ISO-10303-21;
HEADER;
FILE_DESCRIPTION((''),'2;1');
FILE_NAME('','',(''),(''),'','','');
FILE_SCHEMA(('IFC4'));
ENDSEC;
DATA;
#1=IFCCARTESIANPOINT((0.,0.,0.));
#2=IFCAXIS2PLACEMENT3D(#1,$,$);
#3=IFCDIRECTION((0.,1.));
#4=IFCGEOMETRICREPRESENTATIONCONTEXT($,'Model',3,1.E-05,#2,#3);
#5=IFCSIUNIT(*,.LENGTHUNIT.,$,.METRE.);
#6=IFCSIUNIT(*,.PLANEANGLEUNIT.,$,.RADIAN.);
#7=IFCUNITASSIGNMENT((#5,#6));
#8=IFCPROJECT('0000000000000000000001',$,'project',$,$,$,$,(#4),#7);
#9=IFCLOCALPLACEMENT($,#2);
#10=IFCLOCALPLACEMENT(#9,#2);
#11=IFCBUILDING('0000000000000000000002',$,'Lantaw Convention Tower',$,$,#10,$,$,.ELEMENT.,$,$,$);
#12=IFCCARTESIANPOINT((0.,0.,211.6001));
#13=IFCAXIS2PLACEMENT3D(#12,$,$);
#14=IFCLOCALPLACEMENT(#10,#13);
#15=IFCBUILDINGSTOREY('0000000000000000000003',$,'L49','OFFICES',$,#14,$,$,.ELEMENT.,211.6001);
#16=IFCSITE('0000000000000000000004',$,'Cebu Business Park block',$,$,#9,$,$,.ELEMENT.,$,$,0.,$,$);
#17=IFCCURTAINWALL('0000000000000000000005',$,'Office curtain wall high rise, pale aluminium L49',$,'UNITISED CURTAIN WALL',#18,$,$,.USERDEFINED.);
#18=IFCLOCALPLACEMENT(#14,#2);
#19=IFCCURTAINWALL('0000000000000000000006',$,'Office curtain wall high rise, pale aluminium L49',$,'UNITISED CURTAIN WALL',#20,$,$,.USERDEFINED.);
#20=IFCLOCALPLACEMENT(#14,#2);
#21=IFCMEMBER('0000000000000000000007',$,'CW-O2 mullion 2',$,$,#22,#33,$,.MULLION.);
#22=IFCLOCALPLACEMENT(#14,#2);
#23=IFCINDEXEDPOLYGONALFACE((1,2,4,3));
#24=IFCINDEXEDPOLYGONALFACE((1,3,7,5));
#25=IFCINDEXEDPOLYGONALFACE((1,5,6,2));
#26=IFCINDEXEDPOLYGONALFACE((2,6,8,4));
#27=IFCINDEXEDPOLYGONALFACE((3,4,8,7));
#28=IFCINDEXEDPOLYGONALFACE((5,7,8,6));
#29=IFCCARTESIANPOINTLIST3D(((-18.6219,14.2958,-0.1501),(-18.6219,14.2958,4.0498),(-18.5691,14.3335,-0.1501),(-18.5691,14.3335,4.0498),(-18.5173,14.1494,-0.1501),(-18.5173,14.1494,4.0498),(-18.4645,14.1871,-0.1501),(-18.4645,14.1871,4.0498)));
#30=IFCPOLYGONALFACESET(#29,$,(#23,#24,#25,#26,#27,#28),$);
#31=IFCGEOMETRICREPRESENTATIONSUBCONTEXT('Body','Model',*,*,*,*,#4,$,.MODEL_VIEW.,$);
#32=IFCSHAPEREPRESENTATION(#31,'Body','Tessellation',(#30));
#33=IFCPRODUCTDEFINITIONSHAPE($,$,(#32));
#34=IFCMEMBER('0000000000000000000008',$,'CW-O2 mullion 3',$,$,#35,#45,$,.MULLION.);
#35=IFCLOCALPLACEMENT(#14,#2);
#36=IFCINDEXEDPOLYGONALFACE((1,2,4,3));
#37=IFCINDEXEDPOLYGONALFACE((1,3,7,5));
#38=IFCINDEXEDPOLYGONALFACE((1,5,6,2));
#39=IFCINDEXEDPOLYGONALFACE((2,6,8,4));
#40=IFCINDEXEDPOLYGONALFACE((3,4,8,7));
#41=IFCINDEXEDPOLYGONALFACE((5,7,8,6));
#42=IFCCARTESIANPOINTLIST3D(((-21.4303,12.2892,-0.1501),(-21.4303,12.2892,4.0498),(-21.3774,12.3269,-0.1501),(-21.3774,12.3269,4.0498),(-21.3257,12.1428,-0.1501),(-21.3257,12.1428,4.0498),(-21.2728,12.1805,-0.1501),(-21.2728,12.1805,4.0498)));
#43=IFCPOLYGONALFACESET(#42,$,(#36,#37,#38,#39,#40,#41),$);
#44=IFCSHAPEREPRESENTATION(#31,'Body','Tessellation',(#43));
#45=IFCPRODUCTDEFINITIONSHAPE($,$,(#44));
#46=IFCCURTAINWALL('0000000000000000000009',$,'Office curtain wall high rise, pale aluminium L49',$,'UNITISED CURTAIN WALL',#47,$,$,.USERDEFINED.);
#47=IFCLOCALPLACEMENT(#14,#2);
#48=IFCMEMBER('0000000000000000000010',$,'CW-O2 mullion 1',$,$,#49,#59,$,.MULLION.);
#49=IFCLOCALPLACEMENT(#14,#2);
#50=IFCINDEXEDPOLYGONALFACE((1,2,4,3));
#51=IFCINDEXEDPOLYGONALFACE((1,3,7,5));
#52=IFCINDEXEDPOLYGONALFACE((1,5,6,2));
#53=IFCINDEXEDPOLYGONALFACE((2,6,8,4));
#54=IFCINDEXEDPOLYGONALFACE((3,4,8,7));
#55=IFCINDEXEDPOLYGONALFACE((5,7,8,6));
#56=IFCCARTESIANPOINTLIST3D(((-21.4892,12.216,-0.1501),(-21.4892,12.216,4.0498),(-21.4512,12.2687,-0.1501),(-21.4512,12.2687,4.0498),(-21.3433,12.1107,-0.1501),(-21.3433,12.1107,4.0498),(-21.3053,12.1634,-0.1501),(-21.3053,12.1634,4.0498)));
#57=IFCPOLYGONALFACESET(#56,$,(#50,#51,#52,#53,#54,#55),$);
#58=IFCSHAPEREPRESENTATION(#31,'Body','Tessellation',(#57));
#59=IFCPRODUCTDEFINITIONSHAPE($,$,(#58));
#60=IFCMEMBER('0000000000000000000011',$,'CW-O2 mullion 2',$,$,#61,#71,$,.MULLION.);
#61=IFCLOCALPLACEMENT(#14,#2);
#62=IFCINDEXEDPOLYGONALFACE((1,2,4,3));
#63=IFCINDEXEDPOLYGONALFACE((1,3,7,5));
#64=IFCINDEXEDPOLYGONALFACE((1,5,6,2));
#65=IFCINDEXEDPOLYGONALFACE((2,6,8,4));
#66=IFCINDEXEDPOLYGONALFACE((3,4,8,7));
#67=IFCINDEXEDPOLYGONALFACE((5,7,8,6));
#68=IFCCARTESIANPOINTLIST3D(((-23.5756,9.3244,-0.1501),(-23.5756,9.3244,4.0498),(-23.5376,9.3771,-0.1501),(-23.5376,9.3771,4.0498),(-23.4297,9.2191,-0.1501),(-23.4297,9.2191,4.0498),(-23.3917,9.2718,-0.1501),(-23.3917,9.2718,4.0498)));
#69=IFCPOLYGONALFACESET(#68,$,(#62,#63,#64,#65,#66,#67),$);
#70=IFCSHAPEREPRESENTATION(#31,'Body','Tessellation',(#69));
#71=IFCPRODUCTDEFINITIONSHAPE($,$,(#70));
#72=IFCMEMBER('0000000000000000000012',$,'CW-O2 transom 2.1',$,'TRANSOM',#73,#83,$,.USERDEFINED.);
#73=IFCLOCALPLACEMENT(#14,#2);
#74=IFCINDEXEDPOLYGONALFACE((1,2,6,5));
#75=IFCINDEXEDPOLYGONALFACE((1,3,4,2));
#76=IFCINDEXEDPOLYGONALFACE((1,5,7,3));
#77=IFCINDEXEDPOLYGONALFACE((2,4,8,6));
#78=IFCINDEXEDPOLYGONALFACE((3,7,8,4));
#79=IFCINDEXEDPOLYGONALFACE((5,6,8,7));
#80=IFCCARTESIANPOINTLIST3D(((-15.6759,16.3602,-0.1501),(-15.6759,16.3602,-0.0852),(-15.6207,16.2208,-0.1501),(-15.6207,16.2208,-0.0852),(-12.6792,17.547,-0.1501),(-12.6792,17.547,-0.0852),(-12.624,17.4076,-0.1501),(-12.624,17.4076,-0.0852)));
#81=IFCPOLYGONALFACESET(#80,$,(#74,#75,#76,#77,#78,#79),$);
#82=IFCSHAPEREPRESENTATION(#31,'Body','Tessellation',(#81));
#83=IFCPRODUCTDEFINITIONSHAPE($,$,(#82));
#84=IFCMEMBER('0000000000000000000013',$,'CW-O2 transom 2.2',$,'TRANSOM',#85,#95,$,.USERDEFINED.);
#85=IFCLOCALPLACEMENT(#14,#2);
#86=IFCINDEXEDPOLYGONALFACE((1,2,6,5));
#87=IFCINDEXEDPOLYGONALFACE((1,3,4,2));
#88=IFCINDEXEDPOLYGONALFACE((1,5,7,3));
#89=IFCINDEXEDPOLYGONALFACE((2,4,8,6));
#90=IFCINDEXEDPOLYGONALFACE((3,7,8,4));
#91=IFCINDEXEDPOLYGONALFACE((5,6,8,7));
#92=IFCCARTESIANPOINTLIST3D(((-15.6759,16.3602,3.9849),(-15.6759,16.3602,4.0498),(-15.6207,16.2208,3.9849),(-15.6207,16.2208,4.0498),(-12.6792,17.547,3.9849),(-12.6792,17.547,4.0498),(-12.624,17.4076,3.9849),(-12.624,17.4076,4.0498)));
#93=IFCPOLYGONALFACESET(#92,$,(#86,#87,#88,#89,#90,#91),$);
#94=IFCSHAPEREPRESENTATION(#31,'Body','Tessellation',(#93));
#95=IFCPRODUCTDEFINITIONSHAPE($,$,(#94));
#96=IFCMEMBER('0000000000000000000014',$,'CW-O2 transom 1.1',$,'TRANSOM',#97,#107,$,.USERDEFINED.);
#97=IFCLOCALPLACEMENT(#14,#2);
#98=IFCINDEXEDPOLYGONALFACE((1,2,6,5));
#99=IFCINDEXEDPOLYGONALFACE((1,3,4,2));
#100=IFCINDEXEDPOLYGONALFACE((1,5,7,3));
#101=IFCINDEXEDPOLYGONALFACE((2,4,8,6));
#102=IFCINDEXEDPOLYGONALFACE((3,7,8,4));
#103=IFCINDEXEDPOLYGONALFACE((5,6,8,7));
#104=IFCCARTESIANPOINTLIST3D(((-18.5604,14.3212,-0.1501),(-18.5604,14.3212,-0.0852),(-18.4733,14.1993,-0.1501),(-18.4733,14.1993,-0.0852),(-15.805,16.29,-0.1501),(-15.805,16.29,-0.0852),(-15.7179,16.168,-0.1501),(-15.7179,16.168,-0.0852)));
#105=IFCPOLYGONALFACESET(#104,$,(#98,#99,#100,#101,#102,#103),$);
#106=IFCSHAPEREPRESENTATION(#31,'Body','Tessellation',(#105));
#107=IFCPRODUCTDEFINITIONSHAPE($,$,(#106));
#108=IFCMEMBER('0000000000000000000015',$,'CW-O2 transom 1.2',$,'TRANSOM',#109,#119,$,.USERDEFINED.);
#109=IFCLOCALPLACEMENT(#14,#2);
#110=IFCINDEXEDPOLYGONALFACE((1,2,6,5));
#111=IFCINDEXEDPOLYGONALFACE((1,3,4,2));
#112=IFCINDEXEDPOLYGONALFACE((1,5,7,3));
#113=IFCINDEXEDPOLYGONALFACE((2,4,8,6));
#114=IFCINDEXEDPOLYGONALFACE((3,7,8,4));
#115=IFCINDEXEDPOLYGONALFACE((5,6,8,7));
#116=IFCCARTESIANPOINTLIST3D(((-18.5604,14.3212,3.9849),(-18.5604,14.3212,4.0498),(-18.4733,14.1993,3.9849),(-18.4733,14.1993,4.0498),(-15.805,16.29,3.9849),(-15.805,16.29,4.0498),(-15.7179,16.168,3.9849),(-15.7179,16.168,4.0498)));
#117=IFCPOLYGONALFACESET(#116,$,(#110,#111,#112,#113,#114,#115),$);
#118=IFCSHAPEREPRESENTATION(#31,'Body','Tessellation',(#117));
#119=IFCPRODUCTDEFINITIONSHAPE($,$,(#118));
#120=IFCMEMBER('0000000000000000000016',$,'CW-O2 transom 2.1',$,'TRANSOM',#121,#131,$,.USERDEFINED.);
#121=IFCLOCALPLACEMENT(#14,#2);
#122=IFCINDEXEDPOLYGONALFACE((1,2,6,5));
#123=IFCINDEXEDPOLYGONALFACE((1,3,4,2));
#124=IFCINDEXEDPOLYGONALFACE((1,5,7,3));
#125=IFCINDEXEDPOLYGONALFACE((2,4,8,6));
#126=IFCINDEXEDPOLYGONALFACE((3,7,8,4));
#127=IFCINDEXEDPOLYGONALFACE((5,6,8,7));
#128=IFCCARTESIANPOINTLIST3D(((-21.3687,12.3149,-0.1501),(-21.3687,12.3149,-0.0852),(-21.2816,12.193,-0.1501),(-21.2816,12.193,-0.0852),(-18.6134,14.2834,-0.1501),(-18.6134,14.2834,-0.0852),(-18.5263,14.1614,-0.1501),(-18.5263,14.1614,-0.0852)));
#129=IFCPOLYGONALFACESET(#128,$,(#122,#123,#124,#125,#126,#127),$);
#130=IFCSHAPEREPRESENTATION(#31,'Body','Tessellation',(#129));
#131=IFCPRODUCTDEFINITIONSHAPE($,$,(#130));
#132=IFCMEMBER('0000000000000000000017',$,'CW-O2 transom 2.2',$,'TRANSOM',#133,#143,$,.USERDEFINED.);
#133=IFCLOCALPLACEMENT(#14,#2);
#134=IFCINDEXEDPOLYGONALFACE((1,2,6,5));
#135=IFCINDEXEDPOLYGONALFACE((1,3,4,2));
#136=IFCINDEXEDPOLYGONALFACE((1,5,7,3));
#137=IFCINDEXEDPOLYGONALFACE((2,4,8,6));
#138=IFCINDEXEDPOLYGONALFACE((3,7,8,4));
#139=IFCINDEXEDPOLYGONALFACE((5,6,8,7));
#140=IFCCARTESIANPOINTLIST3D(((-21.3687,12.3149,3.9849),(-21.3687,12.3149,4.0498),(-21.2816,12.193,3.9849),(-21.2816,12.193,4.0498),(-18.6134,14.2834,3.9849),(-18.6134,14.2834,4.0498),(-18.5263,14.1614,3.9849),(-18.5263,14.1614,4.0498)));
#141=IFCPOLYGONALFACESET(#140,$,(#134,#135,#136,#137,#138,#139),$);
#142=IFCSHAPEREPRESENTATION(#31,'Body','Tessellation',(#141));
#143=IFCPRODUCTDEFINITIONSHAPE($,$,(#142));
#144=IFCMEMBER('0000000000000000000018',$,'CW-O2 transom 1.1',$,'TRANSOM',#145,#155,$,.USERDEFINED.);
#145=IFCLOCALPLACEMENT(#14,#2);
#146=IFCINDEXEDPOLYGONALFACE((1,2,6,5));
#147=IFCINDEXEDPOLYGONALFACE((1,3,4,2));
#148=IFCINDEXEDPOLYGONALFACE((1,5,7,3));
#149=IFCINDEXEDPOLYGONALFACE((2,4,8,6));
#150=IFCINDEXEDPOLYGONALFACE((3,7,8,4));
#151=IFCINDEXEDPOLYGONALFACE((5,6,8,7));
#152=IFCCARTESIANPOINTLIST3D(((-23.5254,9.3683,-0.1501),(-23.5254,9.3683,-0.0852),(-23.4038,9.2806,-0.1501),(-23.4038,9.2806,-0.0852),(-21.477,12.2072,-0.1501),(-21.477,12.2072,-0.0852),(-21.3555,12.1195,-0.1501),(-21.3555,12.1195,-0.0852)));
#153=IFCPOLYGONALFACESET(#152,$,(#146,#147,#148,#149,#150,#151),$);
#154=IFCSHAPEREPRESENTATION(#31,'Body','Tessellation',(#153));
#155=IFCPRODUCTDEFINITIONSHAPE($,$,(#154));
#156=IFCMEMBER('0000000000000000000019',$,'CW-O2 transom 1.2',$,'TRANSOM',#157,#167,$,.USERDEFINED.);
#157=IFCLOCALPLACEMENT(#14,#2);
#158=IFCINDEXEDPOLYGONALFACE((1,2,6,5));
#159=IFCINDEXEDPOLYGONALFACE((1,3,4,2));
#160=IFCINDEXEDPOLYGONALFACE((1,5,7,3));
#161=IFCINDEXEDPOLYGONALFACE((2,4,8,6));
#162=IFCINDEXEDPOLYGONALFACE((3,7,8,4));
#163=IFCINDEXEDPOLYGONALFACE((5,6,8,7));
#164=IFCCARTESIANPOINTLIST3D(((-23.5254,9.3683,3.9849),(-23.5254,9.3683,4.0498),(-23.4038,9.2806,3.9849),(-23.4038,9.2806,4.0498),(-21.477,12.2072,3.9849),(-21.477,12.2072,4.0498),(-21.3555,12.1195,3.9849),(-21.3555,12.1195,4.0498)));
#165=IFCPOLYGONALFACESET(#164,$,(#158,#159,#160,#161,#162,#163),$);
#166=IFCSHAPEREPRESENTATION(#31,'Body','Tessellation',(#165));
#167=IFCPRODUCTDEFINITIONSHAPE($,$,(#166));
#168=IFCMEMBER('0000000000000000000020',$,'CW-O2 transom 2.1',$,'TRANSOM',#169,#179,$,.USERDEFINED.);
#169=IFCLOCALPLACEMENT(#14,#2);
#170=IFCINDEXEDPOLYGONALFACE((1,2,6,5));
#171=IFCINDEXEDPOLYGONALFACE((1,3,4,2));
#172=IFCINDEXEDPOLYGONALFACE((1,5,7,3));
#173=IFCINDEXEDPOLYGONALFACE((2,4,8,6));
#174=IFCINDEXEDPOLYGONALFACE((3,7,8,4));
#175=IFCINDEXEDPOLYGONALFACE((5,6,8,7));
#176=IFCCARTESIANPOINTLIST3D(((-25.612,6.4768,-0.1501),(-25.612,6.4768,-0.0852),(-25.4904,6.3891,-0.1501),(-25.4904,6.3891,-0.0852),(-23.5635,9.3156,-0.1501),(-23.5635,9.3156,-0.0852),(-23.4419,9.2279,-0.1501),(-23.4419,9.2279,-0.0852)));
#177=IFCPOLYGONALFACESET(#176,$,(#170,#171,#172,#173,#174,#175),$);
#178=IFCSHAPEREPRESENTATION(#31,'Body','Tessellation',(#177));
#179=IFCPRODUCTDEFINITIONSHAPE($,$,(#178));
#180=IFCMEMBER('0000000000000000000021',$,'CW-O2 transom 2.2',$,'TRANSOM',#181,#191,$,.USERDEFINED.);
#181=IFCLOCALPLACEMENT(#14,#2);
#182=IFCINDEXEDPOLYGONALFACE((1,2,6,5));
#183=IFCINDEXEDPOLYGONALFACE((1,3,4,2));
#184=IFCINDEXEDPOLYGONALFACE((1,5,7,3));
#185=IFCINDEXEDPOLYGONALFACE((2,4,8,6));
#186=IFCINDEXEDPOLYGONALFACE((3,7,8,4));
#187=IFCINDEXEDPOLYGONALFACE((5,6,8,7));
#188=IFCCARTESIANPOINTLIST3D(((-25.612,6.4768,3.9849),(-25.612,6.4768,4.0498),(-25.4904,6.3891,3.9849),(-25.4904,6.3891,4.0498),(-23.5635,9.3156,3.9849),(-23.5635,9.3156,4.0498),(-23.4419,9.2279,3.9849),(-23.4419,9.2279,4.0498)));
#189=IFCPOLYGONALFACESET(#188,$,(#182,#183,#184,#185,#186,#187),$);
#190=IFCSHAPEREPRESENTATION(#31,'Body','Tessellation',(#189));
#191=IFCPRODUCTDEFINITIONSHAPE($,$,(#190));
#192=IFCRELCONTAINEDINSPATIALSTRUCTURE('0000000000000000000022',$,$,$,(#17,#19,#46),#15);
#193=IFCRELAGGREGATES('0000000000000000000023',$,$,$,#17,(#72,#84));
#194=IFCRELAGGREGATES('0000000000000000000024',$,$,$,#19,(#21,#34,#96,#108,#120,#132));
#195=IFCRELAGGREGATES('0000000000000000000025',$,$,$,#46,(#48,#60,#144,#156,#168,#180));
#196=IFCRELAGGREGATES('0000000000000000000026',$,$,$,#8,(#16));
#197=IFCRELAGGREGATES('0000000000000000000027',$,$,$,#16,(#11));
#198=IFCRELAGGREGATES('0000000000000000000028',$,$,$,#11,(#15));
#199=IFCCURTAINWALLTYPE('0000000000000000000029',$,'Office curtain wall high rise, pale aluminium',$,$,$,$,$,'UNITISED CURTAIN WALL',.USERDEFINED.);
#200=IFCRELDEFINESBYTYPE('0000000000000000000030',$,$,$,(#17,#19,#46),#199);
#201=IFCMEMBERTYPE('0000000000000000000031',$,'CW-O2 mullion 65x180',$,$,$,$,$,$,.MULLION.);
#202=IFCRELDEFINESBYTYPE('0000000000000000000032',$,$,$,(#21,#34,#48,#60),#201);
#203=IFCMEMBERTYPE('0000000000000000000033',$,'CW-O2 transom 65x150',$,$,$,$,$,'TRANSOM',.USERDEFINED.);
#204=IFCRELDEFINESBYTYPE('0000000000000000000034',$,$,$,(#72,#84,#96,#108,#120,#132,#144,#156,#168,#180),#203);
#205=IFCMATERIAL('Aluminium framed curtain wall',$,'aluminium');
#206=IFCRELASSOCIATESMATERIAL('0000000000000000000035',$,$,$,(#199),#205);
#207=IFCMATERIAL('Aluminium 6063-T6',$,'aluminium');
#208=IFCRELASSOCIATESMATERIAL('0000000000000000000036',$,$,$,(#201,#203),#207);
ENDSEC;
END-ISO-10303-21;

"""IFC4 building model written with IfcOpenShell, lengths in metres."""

from ifc_helpers import new_model, si_unit, direction, frame, origin, origin_2d, place, context, subcontext, project, spatial, rectangle, extrude, material, material_profile, profile_set, type_object, element, aggregate, save


model = new_model("IFC4")

# Units and contexts
model_context = context("Model", 3, precision=1e-05, world=origin(), true_north=direction((0.0, 1.0)))
body_context = subcontext(model_context, "Body", "Model", "MODEL_VIEW")
ifc_project = project(units=[si_unit("LENGTHUNIT", "METRE"), si_unit("PLANEANGLEUNIT", "RADIAN")], contexts=[model_context])

# Site, building, storey
site_placement = place(None, origin())
site = spatial("IfcSite", under=ifc_project, at=site_placement, Name="Cebu Business Park block", CompositionType="ELEMENT", RefElevation=0.0)
building_placement = place(site_placement, origin())
building = spatial("IfcBuilding", under=site, at=building_placement, Name="Lantaw Convention Tower", CompositionType="ELEMENT")
storey_placement = place(building_placement, frame((0.0, 0.0, 211.6001)))
storey = spatial("IfcBuildingStorey", under=building, at=storey_placement, Name="L49", Description="OFFICES", CompositionType="ELEMENT", Elevation=211.6001)

# Curtain walls, members
ifc_material_1 = material(Name="Aluminium framed curtain wall", Category="aluminium")
curtain_wall_type = type_object("IfcCurtainWallType", Name="Office curtain wall high rise, pale aluminium", ElementType="UNITISED CURTAIN WALL", PredefinedType="USERDEFINED", material=ifc_material_1)
curtain_wall_1_placement = place(storey_placement, origin())
curtain_wall_1 = element("IfcCurtainWall", 1, at=curtain_wall_1_placement, inside=storey, type_object=curtain_wall_type, Name="Office curtain wall high rise, pale aluminium L49", ObjectType="UNITISED CURTAIN WALL", PredefinedType="USERDEFINED")
ifc_material_2 = material(Name="Aluminium 6063-T6", Category="aluminium")
ifc_material_profile_1 = material_profile(ifc_material_2, rectangle(XDim=0.1799, YDim=0.0649, at=origin_2d()), Name="CW-O2 mullion 65x180")
ifc_profile_set_1 = profile_set([ifc_material_profile_1], Name="Aluminium 6063-T6")
member_type_1 = type_object("IfcMemberType", Name="CW-O2 mullion 65x180", PredefinedType="MULLION", material=ifc_profile_set_1)
curtain_wall_2_placement = place(storey_placement, origin())
curtain_wall_2 = element("IfcCurtainWall", 2, at=curtain_wall_2_placement, inside=storey, type_object=curtain_wall_type, Name="Office curtain wall high rise, pale aluminium L49", ObjectType="UNITISED CURTAIN WALL", PredefinedType="USERDEFINED")
member_1_placement = place(storey_placement, frame((-18.5432, 14.2415, -0.1501), z_axis=(0.0, 0.0, 1.0), x_axis=(0.581323, -0.813673, 0.0)))
member_1 = element("IfcMember", 3, at=member_1_placement, type_object=member_type_1, Name="CW-O2 mullion 2", PredefinedType="MULLION", context=body_context, shape_type="SweptSolid", body=[
    extrude(rectangle(XDim=0.1799, YDim=0.0649, at=origin_2d()), origin(), (0.0, 0.0, 1.0), 4.2),
])
member_2_placement = place(storey_placement, frame((-21.3516, 12.2349, -0.1501), z_axis=(0.0, 0.0, 1.0), x_axis=(0.581323, -0.813673, 0.0)))
member_2 = element("IfcMember", 4, at=member_2_placement, type_object=member_type_1, Name="CW-O2 mullion 3", PredefinedType="MULLION", context=body_context, shape_type="SweptSolid", body=[
    extrude(rectangle(XDim=0.1799, YDim=0.0649, at=origin_2d()), origin(), (0.0, 0.0, 1.0), 4.2),
])
curtain_wall_3_placement = place(storey_placement, origin())
curtain_wall_3 = element("IfcCurtainWall", 5, at=curtain_wall_3_placement, inside=storey, type_object=curtain_wall_type, Name="Office curtain wall high rise, pale aluminium L49", ObjectType="UNITISED CURTAIN WALL", PredefinedType="USERDEFINED")
member_3_placement = place(storey_placement, frame((-21.3972, 12.1897, -0.1501), z_axis=(0.0, 0.0, 1.0), x_axis=(0.81092, -0.585158, 0.0)))
member_3 = element("IfcMember", 6, at=member_3_placement, type_object=member_type_1, Name="CW-O2 mullion 1", PredefinedType="MULLION", context=body_context, shape_type="SweptSolid", body=[
    extrude(rectangle(XDim=0.1799, YDim=0.0649, at=origin_2d()), origin(), (0.0, 0.0, 1.0), 4.2),
])
member_4_placement = place(storey_placement, frame((-23.4836, 9.2981, -0.1501), z_axis=(0.0, 0.0, 1.0), x_axis=(0.81092, -0.585158, 0.0)))
member_4 = element("IfcMember", 7, at=member_4_placement, type_object=member_type_1, Name="CW-O2 mullion 2", PredefinedType="MULLION", context=body_context, shape_type="SweptSolid", body=[
    extrude(rectangle(XDim=0.1799, YDim=0.0649, at=origin_2d()), origin(), (0.0, 0.0, 1.0), 4.2),
])

# Members
ifc_material_profile_2 = material_profile(ifc_material_2, rectangle(XDim=0.1499, YDim=0.0649, at=origin_2d()), Name="CW-O2 transom 65x150")
ifc_profile_set_2 = profile_set([ifc_material_profile_2], Name="Aluminium 6063-T6")
member_type_2 = type_object("IfcMemberType", Name="CW-O2 transom 65x150", ElementType="TRANSOM", PredefinedType="USERDEFINED", material=ifc_profile_set_2)
member_5_placement = place(storey_placement, frame((-12.6516, 17.4773, -0.1177), z_axis=(-0.929741, -0.368215, 0.0), x_axis=(0.368215, -0.929741, 0.0)))
member_5 = element("IfcMember", 8, at=member_5_placement, type_object=member_type_2, Name="CW-O2 transom 2.1", ObjectType="TRANSOM", PredefinedType="USERDEFINED", context=body_context, shape_type="SweptSolid", body=[
    extrude(rectangle(XDim=0.1499, YDim=0.0649, at=origin_2d()), origin(), (0.0, 0.0, 1.0), 3.2231),
])
member_6_placement = place(storey_placement, frame((-12.6516, 17.4773, 4.0173), z_axis=(-0.929741, -0.368215, 0.0), x_axis=(0.368215, -0.929741, 0.0)))
member_6 = element("IfcMember", 9, at=member_6_placement, type_object=member_type_2, Name="CW-O2 transom 2.2", ObjectType="TRANSOM", PredefinedType="USERDEFINED", context=body_context, shape_type="SweptSolid", body=[
    extrude(rectangle(XDim=0.1499, YDim=0.0649, at=origin_2d()), origin(), (0.0, 0.0, 1.0), 3.2231),
])
member_7_placement = place(storey_placement, frame((-15.7615, 16.229, -0.1177), z_axis=(-0.813646, -0.581361, 0.0), x_axis=(0.581361, -0.813646, 0.0)))
member_7 = element("IfcMember", 10, at=member_7_placement, type_object=member_type_2, Name="CW-O2 transom 1.1", ObjectType="TRANSOM", PredefinedType="USERDEFINED", context=body_context, shape_type="SweptSolid", body=[
    extrude(rectangle(XDim=0.1499, YDim=0.0649, at=origin_2d()), origin(), (0.0, 0.0, 1.0), 3.3865),
])
member_8_placement = place(storey_placement, frame((-15.7615, 16.229, 4.0173), z_axis=(-0.813646, -0.581361, 0.0), x_axis=(0.581361, -0.813646, 0.0)))
member_8 = element("IfcMember", 11, at=member_8_placement, type_object=member_type_2, Name="CW-O2 transom 1.2", ObjectType="TRANSOM", PredefinedType="USERDEFINED", context=body_context, shape_type="SweptSolid", body=[
    extrude(rectangle(XDim=0.1499, YDim=0.0649, at=origin_2d()), origin(), (0.0, 0.0, 1.0), 3.3865),
])
member_9_placement = place(storey_placement, frame((-18.5698, 14.2224, -0.1177), z_axis=(-0.81368, -0.581313, 0.0), x_axis=(0.581313, -0.81368, 0.0)))
member_9 = element("IfcMember", 12, at=member_9_placement, type_object=member_type_2, Name="CW-O2 transom 2.1", ObjectType="TRANSOM", PredefinedType="USERDEFINED", context=body_context, shape_type="SweptSolid", body=[
    extrude(rectangle(XDim=0.1499, YDim=0.0649, at=origin_2d()), origin(), (0.0, 0.0, 1.0), 3.3862),
])
member_10_placement = place(storey_placement, frame((-18.5698, 14.2224, 4.0173), z_axis=(-0.81368, -0.581313, 0.0), x_axis=(0.581313, -0.81368, 0.0)))
member_10 = element("IfcMember", 13, at=member_10_placement, type_object=member_type_2, Name="CW-O2 transom 2.2", ObjectType="TRANSOM", PredefinedType="USERDEFINED", context=body_context, shape_type="SweptSolid", body=[
    extrude(rectangle(XDim=0.1499, YDim=0.0649, at=origin_2d()), origin(), (0.0, 0.0, 1.0), 3.3862),
])
member_11_placement = place(storey_placement, frame((-21.4163, 12.1633, -0.1177), z_axis=(-0.585124, -0.810944, 0.0), x_axis=(0.810944, -0.585124, 0.0)))
member_11 = element("IfcMember", 14, at=member_11_placement, type_object=member_type_2, Name="CW-O2 transom 1.1", ObjectType="TRANSOM", PredefinedType="USERDEFINED", context=body_context, shape_type="SweptSolid", body=[
    extrude(rectangle(XDim=0.1499, YDim=0.0649, at=origin_2d()), origin(), (0.0, 0.0, 1.0), 3.5007),
])
member_12_placement = place(storey_placement, frame((-21.4163, 12.1633, 4.0173), z_axis=(-0.585124, -0.810944, 0.0), x_axis=(0.810944, -0.585124, 0.0)))
member_12 = element("IfcMember", 15, at=member_12_placement, type_object=member_type_2, Name="CW-O2 transom 1.2", ObjectType="TRANSOM", PredefinedType="USERDEFINED", context=body_context, shape_type="SweptSolid", body=[
    extrude(rectangle(XDim=0.1499, YDim=0.0649, at=origin_2d()), origin(), (0.0, 0.0, 1.0), 3.5007),
])
member_13_placement = place(storey_placement, frame((-23.5027, 9.2717, -0.1177), z_axis=(-0.58517, -0.810911, 0.0), x_axis=(0.810911, -0.58517, 0.0)))
member_13 = element("IfcMember", 16, at=member_13_placement, type_object=member_type_2, Name="CW-O2 transom 2.1", ObjectType="TRANSOM", PredefinedType="USERDEFINED", context=body_context, shape_type="SweptSolid", body=[
    extrude(rectangle(XDim=0.1499, YDim=0.0649, at=origin_2d()), origin(), (0.0, 0.0, 1.0), 3.5007),
])
member_14_placement = place(storey_placement, frame((-23.5027, 9.2717, 4.0173), z_axis=(-0.58517, -0.810911, 0.0), x_axis=(0.810911, -0.58517, 0.0)))
member_14 = element("IfcMember", 17, at=member_14_placement, type_object=member_type_2, Name="CW-O2 transom 2.2", ObjectType="TRANSOM", PredefinedType="USERDEFINED", context=body_context, shape_type="SweptSolid", body=[
    extrude(rectangle(XDim=0.1499, YDim=0.0649, at=origin_2d()), origin(), (0.0, 0.0, 1.0), 3.5007),
])

aggregate(curtain_wall_1, [member_5, member_6])
aggregate(curtain_wall_2, [member_1, member_2, member_7, member_8, member_9, member_10])
aggregate(curtain_wall_3, [member_3, member_4, member_11, member_12, member_13, member_14])

save(model, "model.ifc")
